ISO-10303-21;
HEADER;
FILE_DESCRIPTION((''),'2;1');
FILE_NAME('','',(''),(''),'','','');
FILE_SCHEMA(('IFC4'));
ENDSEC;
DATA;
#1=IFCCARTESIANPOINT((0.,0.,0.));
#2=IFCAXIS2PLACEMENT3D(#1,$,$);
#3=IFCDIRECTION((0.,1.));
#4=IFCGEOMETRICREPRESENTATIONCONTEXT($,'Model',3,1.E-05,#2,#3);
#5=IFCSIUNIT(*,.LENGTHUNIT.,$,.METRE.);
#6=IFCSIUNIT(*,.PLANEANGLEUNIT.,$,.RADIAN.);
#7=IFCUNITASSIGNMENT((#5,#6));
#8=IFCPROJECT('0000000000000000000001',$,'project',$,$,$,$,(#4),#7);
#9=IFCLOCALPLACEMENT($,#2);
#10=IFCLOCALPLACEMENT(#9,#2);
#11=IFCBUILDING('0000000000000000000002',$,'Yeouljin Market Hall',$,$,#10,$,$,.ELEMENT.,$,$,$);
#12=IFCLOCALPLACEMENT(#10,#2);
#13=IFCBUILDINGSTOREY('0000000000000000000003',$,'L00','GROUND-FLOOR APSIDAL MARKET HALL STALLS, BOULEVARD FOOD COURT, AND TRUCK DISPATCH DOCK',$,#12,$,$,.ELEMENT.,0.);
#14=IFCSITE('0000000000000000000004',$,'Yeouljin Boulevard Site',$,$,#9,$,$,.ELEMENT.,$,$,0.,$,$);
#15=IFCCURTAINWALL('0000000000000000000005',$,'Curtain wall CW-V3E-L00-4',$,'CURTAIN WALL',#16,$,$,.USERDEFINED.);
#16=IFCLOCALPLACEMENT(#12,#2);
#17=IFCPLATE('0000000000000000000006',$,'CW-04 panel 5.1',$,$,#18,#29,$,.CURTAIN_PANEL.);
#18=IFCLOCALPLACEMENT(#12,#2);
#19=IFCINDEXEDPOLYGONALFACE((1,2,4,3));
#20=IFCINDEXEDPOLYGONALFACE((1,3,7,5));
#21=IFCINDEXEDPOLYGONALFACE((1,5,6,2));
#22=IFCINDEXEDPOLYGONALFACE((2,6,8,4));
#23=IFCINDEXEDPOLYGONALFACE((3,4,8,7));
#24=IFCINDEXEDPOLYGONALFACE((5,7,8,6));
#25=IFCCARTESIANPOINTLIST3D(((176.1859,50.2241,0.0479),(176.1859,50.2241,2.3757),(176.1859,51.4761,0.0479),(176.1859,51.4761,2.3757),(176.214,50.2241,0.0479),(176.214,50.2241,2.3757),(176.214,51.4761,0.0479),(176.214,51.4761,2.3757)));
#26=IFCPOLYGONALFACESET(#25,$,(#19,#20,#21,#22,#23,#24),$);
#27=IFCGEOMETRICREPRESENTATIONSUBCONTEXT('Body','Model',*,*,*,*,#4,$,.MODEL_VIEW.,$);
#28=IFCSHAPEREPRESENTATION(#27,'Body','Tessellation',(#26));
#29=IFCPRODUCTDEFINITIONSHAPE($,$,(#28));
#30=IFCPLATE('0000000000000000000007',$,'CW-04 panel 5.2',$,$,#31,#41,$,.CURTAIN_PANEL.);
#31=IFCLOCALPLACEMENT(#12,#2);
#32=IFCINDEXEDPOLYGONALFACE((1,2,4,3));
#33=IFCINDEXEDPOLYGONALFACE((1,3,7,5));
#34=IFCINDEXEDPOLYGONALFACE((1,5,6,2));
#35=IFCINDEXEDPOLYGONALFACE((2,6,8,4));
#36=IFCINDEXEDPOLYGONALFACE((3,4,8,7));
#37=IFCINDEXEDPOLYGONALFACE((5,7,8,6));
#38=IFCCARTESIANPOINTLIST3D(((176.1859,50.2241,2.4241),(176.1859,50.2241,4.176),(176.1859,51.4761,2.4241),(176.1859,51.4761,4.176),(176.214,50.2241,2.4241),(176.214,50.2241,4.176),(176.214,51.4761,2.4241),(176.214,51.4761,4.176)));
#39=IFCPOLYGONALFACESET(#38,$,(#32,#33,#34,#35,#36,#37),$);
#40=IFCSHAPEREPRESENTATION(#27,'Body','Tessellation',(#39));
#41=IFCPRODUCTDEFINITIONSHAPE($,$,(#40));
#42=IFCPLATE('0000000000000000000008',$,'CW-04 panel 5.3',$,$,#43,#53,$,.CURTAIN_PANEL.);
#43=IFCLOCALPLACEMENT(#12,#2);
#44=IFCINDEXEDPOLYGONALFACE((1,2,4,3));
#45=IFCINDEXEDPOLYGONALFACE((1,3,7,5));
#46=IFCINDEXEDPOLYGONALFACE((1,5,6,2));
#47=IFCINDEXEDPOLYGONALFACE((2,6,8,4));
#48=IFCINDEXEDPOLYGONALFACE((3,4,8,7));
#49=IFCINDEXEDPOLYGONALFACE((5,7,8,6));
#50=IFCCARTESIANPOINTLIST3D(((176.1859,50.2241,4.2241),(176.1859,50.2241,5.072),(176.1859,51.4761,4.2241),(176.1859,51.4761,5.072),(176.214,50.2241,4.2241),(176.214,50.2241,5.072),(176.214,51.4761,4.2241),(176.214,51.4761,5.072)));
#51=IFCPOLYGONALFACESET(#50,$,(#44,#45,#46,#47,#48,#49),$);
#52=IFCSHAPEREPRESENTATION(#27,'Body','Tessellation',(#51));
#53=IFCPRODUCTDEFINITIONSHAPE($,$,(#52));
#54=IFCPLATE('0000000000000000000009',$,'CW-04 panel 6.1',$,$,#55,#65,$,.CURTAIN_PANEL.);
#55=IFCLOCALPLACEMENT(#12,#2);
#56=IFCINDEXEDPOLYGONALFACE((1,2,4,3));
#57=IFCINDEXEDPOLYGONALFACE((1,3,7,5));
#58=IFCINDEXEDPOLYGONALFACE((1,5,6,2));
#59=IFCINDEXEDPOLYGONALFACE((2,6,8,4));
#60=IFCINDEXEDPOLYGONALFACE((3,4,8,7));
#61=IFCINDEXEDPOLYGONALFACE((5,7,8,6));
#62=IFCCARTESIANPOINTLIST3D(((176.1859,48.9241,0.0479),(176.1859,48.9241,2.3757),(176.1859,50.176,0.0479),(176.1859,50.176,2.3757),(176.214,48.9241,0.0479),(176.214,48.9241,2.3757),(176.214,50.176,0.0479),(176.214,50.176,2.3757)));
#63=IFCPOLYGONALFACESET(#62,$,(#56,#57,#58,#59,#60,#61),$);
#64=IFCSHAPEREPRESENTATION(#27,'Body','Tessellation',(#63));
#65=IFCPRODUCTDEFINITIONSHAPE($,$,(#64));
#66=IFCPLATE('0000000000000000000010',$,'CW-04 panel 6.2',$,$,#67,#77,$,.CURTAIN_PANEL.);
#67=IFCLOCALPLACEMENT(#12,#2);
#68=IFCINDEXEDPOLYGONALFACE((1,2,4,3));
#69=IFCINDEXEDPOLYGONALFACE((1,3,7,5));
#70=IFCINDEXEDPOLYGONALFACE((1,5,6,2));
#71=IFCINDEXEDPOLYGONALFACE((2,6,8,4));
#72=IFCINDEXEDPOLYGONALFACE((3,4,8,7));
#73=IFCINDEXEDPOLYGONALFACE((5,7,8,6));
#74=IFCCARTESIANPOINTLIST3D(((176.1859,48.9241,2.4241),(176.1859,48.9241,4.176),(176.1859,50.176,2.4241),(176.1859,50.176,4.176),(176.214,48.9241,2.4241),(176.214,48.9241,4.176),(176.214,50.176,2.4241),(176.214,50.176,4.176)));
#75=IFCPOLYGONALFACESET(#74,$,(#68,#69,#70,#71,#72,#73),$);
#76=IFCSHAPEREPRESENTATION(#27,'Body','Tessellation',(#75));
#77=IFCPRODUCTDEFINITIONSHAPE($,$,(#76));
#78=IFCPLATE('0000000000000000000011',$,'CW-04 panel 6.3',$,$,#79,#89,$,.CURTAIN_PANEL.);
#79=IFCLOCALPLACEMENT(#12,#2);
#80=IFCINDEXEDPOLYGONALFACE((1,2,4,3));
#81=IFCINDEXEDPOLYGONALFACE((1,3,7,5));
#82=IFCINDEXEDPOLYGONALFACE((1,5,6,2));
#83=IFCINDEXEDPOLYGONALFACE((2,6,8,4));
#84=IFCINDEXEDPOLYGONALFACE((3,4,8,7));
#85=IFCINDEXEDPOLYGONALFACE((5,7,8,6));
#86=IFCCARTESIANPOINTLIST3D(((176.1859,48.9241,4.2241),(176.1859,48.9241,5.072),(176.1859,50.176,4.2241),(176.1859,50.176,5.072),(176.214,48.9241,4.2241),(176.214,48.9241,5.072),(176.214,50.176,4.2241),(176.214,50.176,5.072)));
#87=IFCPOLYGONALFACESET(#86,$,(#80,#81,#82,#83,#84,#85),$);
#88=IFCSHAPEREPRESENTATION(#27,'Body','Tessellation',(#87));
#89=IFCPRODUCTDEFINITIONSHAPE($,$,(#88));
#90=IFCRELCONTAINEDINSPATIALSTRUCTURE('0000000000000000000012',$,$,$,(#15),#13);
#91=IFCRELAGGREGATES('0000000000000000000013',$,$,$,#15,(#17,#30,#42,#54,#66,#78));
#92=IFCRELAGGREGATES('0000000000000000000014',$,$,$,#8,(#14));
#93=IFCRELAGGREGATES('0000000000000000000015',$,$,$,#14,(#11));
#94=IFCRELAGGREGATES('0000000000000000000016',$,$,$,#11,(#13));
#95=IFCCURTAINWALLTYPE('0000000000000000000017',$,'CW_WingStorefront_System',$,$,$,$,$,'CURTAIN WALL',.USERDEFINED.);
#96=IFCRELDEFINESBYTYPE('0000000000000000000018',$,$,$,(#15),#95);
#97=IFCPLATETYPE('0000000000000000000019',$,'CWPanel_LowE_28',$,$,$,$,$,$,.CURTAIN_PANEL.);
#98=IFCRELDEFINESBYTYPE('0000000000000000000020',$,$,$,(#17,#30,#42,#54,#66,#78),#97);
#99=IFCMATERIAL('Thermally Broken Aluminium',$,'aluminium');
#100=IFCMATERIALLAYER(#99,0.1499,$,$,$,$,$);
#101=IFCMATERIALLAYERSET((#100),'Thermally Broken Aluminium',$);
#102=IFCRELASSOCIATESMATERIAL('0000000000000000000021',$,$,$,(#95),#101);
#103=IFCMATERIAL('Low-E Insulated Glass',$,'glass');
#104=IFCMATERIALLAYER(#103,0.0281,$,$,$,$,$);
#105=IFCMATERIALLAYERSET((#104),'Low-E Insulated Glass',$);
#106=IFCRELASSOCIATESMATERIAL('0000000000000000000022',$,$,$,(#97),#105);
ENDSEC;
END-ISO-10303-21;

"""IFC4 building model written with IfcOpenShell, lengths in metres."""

from ifc_helpers import new_model, si_unit, direction, frame, origin, origin_2d, place, context, subcontext, project, spatial, rectangle, extrude, material, layer, layer_set, type_object, element, aggregate, save


model = new_model("IFC4")

# Units and contexts
model_context = context("Model", 3, precision=1e-05, world=origin(), true_north=direction((0.0, 1.0)))
body_context = subcontext(model_context, "Body", "Model", "MODEL_VIEW")
ifc_project = project(units=[si_unit("LENGTHUNIT", "METRE"), si_unit("PLANEANGLEUNIT", "RADIAN")], contexts=[model_context])

# Site, building, storey
site_placement = place(None, origin())
site = spatial("IfcSite", under=ifc_project, at=site_placement, Name="Yeouljin Boulevard Site", CompositionType="ELEMENT", RefElevation=0.0)
building_placement = place(site_placement, origin())
building = spatial("IfcBuilding", under=site, at=building_placement, Name="Yeouljin Market Hall", CompositionType="ELEMENT")
storey_placement = place(building_placement, origin())
storey = spatial("IfcBuildingStorey", under=building, at=storey_placement, Name="L00", Description="GROUND-FLOOR APSIDAL MARKET HALL STALLS, BOULEVARD FOOD COURT, AND TRUCK DISPATCH DOCK", CompositionType="ELEMENT", Elevation=0.0)

# Curtain wall, plates
ifc_material_1 = material(Name="Thermally Broken Aluminium", Category="aluminium")
ifc_layer_1 = layer(ifc_material_1, 0.1499)
ifc_layer_set_1 = layer_set([ifc_layer_1], Name="Thermally Broken Aluminium")
curtain_wall_type = type_object("IfcCurtainWallType", Name="CW_WingStorefront_System", ElementType="CURTAIN WALL", PredefinedType="USERDEFINED", material=ifc_layer_set_1)
curtain_wall_placement = place(storey_placement, origin())
curtain_wall = element("IfcCurtainWall", 1, at=curtain_wall_placement, inside=storey, type_object=curtain_wall_type, Name="Curtain wall CW-V3E-L00-4", ObjectType="CURTAIN WALL", PredefinedType="USERDEFINED")
ifc_material_2 = material(Name="Low-E Insulated Glass", Category="glass")
ifc_layer_2 = layer(ifc_material_2, 0.0281)
ifc_layer_set_2 = layer_set([ifc_layer_2], Name="Low-E Insulated Glass")
plate_type = type_object("IfcPlateType", Name="CWPanel_LowE_28", PredefinedType="CURTAIN_PANEL", material=ifc_layer_set_2)
plate_1_placement = place(storey_placement, frame((176.2, 50.8501, 0.0479), z_axis=(0.0, 0.0, 1.0), x_axis=(0.0, -1.0, 0.0)))
plate_1 = element("IfcPlate", 2, at=plate_1_placement, type_object=plate_type, Name="CW-04 panel 5.1", PredefinedType="CURTAIN_PANEL", context=body_context, shape_type="SweptSolid", body=[
    extrude(rectangle(XDim=1.252, YDim=0.0281, at=origin_2d()), origin(), (0.0, 0.0, 1.0), 2.3279),
])
plate_2_placement = place(storey_placement, frame((176.2, 50.8501, 2.4241), z_axis=(0.0, 0.0, 1.0), x_axis=(0.0, -1.0, 0.0)))
plate_2 = element("IfcPlate", 3, at=plate_2_placement, type_object=plate_type, Name="CW-04 panel 5.2", PredefinedType="CURTAIN_PANEL", context=body_context, shape_type="SweptSolid", body=[
    extrude(rectangle(XDim=1.252, YDim=0.0281, at=origin_2d()), origin(), (0.0, 0.0, 1.0), 1.752),
])
plate_3_placement = place(storey_placement, frame((176.2, 50.8501, 4.2241), z_axis=(0.0, 0.0, 1.0), x_axis=(0.0, -1.0, 0.0)))
plate_3 = element("IfcPlate", 4, at=plate_3_placement, type_object=plate_type, Name="CW-04 panel 5.3", PredefinedType="CURTAIN_PANEL", context=body_context, shape_type="SweptSolid", body=[
    extrude(rectangle(XDim=1.252, YDim=0.0281, at=origin_2d()), origin(), (0.0, 0.0, 1.0), 0.8479),
])
plate_4_placement = place(storey_placement, frame((176.2, 49.55, 0.0479), z_axis=(0.0, 0.0, 1.0), x_axis=(0.0, -1.0, 0.0)))
plate_4 = element("IfcPlate", 5, at=plate_4_placement, type_object=plate_type, Name="CW-04 panel 6.1", PredefinedType="CURTAIN_PANEL", context=body_context, shape_type="SweptSolid", body=[
    extrude(rectangle(XDim=1.252, YDim=0.0281, at=origin_2d()), origin(), (0.0, 0.0, 1.0), 2.3279),
])
plate_5_placement = place(storey_placement, frame((176.2, 49.55, 2.4241), z_axis=(0.0, 0.0, 1.0), x_axis=(0.0, -1.0, 0.0)))
plate_5 = element("IfcPlate", 6, at=plate_5_placement, type_object=plate_type, Name="CW-04 panel 6.2", PredefinedType="CURTAIN_PANEL", context=body_context, shape_type="SweptSolid", body=[
    extrude(rectangle(XDim=1.252, YDim=0.0281, at=origin_2d()), origin(), (0.0, 0.0, 1.0), 1.752),
])
plate_6_placement = place(storey_placement, frame((176.2, 49.55, 4.2241), z_axis=(0.0, 0.0, 1.0), x_axis=(0.0, -1.0, 0.0)))
plate_6 = element("IfcPlate", 7, at=plate_6_placement, type_object=plate_type, Name="CW-04 panel 6.3", PredefinedType="CURTAIN_PANEL", context=body_context, shape_type="SweptSolid", body=[
    extrude(rectangle(XDim=1.252, YDim=0.0281, at=origin_2d()), origin(), (0.0, 0.0, 1.0), 0.8479),
])
aggregate(curtain_wall, [plate_1, plate_2, plate_3, plate_4, plate_5, plate_6])

save(model, "model.ifc")
